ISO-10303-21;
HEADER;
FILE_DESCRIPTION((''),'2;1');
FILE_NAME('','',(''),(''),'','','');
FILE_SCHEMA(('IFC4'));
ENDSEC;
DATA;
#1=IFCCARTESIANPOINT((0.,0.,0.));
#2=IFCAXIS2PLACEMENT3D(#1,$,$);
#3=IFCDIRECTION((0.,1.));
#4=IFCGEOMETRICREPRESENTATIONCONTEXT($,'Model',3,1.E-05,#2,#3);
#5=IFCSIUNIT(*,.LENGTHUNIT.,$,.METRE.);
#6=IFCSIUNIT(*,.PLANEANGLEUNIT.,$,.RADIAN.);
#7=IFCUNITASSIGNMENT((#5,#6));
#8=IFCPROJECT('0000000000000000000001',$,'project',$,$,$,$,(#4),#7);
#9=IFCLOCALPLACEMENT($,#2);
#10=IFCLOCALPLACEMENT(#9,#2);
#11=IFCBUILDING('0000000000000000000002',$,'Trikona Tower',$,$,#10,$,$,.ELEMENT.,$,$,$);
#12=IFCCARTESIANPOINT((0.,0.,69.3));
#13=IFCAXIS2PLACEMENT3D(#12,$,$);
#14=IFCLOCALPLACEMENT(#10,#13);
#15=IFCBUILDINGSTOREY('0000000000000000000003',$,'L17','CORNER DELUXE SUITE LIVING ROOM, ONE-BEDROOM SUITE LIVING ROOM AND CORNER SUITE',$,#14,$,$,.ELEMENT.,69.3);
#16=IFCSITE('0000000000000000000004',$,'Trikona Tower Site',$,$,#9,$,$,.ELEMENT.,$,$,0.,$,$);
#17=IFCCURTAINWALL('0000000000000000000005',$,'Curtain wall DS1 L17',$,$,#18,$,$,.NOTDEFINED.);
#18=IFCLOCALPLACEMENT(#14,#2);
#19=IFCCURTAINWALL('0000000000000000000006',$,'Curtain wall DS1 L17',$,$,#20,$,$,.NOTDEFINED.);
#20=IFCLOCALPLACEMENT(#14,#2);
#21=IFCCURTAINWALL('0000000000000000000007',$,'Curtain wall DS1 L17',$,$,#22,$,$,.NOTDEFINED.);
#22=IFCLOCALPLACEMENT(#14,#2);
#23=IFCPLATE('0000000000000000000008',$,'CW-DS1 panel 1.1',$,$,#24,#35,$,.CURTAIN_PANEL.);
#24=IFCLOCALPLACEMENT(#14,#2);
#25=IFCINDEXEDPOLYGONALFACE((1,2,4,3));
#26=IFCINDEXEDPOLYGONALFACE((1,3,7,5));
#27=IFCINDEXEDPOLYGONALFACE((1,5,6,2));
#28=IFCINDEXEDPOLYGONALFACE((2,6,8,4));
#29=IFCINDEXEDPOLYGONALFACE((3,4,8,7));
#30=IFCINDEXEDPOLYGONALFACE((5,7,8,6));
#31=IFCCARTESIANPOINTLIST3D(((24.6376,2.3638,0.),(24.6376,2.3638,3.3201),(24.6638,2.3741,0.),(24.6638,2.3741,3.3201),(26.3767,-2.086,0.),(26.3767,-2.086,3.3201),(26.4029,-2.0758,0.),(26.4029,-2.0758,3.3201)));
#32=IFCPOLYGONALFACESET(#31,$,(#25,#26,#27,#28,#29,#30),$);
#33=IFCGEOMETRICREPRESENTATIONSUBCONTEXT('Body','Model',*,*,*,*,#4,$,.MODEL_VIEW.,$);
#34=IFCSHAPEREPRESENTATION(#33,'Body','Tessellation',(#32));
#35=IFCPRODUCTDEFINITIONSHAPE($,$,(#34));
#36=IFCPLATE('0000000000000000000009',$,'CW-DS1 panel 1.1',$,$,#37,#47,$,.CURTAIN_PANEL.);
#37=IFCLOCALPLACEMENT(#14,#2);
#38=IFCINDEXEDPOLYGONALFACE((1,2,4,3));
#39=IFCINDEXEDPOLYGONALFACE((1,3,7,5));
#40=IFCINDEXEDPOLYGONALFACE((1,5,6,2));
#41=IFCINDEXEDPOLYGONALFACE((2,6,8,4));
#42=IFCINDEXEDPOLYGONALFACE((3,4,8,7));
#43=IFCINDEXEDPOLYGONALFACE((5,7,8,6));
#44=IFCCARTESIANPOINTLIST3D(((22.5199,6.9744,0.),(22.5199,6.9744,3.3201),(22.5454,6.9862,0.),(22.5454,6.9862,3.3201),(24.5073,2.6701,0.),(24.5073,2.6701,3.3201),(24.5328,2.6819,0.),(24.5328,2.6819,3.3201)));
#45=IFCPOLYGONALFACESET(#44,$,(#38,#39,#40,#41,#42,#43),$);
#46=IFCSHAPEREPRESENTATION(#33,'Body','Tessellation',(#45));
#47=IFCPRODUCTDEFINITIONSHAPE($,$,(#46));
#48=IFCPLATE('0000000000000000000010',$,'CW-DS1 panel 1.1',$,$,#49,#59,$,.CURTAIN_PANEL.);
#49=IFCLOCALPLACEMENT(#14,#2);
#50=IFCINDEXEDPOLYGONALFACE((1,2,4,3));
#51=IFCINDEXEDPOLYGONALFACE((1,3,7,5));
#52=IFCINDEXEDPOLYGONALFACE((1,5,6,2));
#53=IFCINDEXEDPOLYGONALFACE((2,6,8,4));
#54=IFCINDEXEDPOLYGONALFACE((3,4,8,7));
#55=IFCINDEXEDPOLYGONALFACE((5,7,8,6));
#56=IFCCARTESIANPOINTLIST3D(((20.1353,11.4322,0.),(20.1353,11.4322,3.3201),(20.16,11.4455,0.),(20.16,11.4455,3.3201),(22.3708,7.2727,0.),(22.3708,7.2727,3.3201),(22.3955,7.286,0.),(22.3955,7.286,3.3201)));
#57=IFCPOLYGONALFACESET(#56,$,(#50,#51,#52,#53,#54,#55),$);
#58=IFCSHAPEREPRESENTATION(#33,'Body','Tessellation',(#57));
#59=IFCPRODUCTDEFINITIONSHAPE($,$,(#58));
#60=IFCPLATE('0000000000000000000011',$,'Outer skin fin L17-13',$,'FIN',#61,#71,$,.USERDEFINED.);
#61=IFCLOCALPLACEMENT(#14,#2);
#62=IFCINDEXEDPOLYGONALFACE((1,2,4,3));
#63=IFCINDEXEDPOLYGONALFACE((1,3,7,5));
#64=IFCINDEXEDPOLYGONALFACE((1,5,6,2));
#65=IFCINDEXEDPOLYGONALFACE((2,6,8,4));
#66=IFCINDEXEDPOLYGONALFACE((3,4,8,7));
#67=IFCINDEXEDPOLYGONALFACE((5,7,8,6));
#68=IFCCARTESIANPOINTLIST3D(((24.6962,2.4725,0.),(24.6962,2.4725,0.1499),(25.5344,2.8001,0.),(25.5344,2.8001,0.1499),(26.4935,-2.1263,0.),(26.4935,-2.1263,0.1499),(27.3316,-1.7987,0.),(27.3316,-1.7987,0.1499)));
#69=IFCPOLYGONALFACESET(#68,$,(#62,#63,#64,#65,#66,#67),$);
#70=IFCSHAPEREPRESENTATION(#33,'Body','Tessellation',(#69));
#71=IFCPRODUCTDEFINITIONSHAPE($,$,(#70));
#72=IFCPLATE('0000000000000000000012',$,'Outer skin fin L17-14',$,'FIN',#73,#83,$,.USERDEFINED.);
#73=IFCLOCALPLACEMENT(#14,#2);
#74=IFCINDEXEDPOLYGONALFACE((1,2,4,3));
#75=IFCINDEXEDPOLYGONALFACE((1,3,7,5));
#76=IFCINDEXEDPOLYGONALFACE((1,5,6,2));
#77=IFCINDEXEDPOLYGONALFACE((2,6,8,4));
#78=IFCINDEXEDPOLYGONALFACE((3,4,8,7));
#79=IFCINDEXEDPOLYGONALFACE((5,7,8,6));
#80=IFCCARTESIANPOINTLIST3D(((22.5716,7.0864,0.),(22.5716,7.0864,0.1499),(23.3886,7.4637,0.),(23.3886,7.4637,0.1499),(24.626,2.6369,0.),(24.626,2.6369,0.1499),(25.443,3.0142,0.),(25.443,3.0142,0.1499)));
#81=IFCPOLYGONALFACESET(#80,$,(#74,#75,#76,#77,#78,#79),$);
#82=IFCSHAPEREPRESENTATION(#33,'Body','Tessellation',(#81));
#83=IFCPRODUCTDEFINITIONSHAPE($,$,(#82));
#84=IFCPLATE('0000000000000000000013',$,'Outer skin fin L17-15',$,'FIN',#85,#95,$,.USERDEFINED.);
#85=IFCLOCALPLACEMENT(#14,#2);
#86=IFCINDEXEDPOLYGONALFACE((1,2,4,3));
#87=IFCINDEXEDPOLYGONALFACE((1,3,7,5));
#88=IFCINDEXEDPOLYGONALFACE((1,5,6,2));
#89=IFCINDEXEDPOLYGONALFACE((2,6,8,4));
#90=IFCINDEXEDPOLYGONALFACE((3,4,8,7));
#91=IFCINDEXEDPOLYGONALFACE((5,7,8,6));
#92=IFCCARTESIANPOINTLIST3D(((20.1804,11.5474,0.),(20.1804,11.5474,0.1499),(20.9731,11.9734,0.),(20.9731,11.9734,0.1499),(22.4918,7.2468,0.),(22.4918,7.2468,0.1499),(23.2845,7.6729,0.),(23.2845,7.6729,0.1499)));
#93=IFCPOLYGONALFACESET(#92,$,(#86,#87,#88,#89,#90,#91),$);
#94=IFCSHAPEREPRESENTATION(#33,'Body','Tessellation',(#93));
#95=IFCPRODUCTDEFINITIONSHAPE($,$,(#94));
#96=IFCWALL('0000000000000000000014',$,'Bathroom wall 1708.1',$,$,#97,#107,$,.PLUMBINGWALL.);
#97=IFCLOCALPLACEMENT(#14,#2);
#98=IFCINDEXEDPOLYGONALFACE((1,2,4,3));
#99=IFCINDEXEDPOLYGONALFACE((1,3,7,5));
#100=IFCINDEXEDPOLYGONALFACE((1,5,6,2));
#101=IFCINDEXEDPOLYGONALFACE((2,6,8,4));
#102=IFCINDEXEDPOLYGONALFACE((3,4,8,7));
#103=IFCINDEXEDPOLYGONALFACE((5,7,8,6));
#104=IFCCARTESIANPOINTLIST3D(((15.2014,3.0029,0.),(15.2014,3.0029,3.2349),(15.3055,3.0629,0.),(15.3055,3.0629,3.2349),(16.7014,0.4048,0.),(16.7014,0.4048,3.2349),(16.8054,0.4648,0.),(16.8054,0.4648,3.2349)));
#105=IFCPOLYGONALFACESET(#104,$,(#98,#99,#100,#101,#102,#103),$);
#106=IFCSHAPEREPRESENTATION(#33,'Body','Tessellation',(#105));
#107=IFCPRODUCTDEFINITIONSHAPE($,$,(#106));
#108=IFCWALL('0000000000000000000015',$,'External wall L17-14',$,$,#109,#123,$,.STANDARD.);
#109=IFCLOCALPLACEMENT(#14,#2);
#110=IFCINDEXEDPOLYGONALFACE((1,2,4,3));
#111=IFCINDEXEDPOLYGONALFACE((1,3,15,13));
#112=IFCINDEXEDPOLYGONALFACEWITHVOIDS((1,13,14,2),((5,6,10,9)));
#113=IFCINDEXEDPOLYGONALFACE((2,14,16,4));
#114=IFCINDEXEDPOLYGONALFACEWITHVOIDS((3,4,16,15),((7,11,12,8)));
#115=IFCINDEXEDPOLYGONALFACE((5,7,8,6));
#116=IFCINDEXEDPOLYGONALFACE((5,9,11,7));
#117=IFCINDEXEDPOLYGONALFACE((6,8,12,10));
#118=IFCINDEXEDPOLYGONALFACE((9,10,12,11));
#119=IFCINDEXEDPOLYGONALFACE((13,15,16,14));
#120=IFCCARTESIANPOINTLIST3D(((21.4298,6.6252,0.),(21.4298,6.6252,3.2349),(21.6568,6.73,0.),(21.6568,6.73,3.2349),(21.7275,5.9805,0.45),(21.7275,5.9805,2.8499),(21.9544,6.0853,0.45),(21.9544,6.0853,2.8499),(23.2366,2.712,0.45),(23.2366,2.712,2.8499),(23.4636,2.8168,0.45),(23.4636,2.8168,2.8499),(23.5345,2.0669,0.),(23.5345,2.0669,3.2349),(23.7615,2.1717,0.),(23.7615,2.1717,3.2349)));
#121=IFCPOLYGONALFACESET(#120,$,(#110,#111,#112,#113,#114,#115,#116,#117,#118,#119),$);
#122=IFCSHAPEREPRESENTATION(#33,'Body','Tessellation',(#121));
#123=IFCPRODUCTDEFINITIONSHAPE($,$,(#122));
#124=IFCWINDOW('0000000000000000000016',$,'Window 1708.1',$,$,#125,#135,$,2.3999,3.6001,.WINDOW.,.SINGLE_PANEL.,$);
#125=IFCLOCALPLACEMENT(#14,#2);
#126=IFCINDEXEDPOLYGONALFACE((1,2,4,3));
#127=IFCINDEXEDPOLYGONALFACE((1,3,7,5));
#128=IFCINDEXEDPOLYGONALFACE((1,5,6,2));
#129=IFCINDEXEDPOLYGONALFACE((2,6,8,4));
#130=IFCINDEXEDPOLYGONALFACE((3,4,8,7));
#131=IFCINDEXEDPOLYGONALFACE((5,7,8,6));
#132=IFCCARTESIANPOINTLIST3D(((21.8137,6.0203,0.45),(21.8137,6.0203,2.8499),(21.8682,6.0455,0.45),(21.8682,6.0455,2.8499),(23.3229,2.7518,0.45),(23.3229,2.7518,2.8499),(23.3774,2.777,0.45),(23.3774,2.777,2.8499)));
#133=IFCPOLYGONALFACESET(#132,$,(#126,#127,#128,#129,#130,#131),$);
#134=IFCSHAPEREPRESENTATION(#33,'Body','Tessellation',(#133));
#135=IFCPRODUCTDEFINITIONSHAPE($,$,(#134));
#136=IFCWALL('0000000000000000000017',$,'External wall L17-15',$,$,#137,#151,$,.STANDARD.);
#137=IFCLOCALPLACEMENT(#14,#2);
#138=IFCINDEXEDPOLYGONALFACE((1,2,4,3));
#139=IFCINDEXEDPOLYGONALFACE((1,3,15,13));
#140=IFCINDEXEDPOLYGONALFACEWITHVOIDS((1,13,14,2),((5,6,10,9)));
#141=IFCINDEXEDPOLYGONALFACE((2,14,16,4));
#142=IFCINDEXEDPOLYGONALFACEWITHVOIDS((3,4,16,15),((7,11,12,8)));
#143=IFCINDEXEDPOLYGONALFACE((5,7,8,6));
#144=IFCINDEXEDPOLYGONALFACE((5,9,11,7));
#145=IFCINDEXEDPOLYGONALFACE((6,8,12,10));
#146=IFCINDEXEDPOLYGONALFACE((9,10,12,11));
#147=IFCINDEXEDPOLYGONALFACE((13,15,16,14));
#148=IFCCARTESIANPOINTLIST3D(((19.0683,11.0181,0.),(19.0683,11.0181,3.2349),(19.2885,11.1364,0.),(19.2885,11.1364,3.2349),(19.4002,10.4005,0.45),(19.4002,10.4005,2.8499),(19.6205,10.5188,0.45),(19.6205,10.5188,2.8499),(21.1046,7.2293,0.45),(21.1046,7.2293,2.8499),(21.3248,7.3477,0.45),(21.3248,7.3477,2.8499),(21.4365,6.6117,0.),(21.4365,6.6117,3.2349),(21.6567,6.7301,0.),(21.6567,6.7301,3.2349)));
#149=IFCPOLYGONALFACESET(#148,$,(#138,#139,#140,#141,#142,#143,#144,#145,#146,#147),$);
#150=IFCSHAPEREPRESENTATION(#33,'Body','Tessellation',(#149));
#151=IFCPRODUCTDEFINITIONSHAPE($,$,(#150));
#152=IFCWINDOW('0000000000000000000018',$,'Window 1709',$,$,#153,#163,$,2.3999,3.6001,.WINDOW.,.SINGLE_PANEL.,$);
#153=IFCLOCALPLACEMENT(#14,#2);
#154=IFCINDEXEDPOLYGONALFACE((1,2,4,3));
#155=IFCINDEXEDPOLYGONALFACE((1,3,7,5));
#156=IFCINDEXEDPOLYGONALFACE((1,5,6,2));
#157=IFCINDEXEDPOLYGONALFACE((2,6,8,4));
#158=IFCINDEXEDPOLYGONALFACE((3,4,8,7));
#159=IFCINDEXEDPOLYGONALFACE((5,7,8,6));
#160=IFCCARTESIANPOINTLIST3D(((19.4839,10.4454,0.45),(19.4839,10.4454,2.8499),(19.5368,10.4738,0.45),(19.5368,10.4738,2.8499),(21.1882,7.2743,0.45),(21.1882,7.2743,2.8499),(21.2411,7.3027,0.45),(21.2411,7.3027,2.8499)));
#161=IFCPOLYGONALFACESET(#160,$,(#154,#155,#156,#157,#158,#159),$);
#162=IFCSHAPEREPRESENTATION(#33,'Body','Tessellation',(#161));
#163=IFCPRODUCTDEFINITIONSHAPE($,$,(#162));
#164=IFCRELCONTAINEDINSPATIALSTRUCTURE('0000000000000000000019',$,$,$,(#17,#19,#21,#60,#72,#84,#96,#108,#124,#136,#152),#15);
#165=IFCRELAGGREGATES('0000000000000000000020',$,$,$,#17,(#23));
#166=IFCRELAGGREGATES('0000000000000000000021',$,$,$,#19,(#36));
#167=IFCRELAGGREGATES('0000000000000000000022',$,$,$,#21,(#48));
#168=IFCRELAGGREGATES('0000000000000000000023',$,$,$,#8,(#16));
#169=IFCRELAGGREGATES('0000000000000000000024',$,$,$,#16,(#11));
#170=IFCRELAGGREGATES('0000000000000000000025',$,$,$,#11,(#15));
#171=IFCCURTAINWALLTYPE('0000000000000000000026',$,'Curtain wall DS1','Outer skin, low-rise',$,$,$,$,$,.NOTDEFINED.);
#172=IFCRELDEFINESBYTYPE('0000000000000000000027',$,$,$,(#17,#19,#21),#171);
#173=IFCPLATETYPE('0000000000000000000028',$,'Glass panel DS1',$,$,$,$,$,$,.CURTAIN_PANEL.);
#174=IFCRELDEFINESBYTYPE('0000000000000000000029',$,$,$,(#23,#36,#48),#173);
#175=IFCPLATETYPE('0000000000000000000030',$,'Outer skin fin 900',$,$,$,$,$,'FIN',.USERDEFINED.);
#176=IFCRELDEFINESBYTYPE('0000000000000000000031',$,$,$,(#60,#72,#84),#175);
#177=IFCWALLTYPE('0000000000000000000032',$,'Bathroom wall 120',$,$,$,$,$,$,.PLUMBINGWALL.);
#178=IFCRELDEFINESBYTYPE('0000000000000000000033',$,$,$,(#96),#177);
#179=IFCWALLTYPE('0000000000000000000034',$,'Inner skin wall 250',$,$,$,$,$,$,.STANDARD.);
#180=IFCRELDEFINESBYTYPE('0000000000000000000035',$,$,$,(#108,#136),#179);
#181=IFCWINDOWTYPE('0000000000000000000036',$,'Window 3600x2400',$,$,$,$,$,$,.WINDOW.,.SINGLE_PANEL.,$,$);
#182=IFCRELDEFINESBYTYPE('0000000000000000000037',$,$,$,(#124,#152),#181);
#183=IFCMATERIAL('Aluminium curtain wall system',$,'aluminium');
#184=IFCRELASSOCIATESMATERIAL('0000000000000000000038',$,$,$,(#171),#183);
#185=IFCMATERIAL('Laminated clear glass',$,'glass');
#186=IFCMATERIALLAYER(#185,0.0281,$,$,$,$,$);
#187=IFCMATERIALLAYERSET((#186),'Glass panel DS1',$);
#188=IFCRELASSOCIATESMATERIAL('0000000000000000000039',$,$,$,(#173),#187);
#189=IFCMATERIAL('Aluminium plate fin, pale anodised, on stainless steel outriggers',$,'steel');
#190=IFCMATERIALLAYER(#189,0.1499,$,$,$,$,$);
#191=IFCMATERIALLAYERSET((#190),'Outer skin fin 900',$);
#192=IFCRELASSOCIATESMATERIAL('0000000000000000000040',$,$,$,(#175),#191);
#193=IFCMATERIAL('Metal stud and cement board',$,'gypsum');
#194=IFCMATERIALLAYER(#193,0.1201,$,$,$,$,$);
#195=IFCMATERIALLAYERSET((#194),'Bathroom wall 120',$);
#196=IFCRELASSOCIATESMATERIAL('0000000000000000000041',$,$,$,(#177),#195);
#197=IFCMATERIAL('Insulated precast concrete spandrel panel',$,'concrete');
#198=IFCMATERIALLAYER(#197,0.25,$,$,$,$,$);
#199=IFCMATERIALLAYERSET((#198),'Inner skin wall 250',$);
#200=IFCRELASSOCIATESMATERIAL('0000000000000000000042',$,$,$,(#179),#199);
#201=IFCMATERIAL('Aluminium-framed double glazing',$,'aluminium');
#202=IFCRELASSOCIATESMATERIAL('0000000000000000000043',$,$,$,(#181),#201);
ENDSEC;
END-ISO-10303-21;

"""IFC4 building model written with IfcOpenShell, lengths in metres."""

from ifc_helpers import new_model, si_unit, direction, frame, frame_2d, origin, origin_2d, place, context, subcontext, project, spatial, rectangle, extrude, material, layer, layer_set, type_object, element, fill, aggregate, save


model = new_model("IFC4")

# Units and contexts
model_context = context("Model", 3, precision=1e-05, world=origin(), true_north=direction((0.0, 1.0)))
body_context = subcontext(model_context, "Body", "Model", "MODEL_VIEW")
ifc_project = project(units=[si_unit("LENGTHUNIT", "METRE"), si_unit("PLANEANGLEUNIT", "RADIAN")], contexts=[model_context])

# Site, building, storey
site_placement = place(None, origin())
site = spatial("IfcSite", under=ifc_project, at=site_placement, Name="Trikona Tower Site", CompositionType="ELEMENT", RefElevation=0.0)
building_placement = place(site_placement, origin())
building = spatial("IfcBuilding", under=site, at=building_placement, Name="Trikona Tower", CompositionType="ELEMENT")
storey_placement = place(building_placement, frame((0.0, 0.0, 69.3)))
storey = spatial("IfcBuildingStorey", under=building, at=storey_placement, Name="L17", Description="CORNER DELUXE SUITE LIVING ROOM, ONE-BEDROOM SUITE LIVING ROOM AND CORNER SUITE", CompositionType="ELEMENT", Elevation=69.3)

# Curtain wall
ifc_material_1 = material(Name="Aluminium curtain wall system", Category="aluminium")
curtain_wall_type = type_object("IfcCurtainWallType", Name="Curtain wall DS1", Description="Outer skin, low-rise", PredefinedType="NOTDEFINED", material=ifc_material_1)
curtain_wall_1_placement = place(storey_placement, origin())
curtain_wall_1 = element("IfcCurtainWall", 1, at=curtain_wall_1_placement, inside=storey, type_object=curtain_wall_type, Name="Curtain wall DS1 L17", PredefinedType="NOTDEFINED")

# Curtain walls
curtain_wall_2_placement = place(storey_placement, origin())
curtain_wall_2 = element("IfcCurtainWall", 2, at=curtain_wall_2_placement, inside=storey, type_object=curtain_wall_type, Name="Curtain wall DS1 L17", PredefinedType="NOTDEFINED")
curtain_wall_3_placement = place(storey_placement, origin())
curtain_wall_3 = element("IfcCurtainWall", 3, at=curtain_wall_3_placement, inside=storey, type_object=curtain_wall_type, Name="Curtain wall DS1 L17", PredefinedType="NOTDEFINED")

# Plates
ifc_material_2 = material(Name="Laminated clear glass", Category="glass")
ifc_layer_1 = layer(ifc_material_2, 0.0281)
ifc_layer_set_1 = layer_set([ifc_layer_1], Name="Glass panel DS1")
plate_type_1 = type_object("IfcPlateType", Name="Glass panel DS1", PredefinedType="CURTAIN_PANEL", material=ifc_layer_set_1)
plate_1_placement = place(storey_placement, frame((25.5203, 0.144, 0.0), z_axis=(0.0, 0.0, 1.0), x_axis=(-0.364008, 0.931396, 0.0)))
plate_1 = element("IfcPlate", 4, at=plate_1_placement, type_object=plate_type_1, Name="CW-DS1 panel 1.1", PredefinedType="CURTAIN_PANEL", context=body_context, shape_type="SweptSolid", body=[
    extrude(rectangle(XDim=4.7776, YDim=0.0281, at=origin_2d()), origin(), (0.0, 0.0, 1.0), 3.3201),
])
aggregate(curtain_wall_1, [plate_1])
plate_2_placement = place(storey_placement, frame((23.5264, 4.8281, 0.0), z_axis=(0.0, 0.0, 1.0), x_axis=(-0.41919, 0.907898, 0.0)))
plate_2 = element("IfcPlate", 5, at=plate_2_placement, type_object=plate_type_1, Name="CW-DS1 panel 1.1", PredefinedType="CURTAIN_PANEL", context=body_context, shape_type="SweptSolid", body=[
    extrude(rectangle(XDim=4.741, YDim=0.0281, at=origin_2d()), origin(), (0.0, 0.0, 1.0), 3.3201),
])
aggregate(curtain_wall_2, [plate_2])
plate_3_placement = place(storey_placement, frame((21.2654, 9.3591, 0.0), z_axis=(0.0, 0.0, 1.0), x_axis=(-0.473408, 0.880843, 0.0)))
plate_3 = element("IfcPlate", 6, at=plate_3_placement, type_object=plate_type_1, Name="CW-DS1 panel 1.1", PredefinedType="CURTAIN_PANEL", context=body_context, shape_type="SweptSolid", body=[
    extrude(rectangle(XDim=4.7222, YDim=0.0281, at=origin_2d()), origin(), (0.0, 0.0, 1.0), 3.3201),
])
aggregate(curtain_wall_3, [plate_3])

# Plates
ifc_material_3 = material(Name="Aluminium plate fin, pale anodised, on stainless steel outriggers", Category="steel")
ifc_layer_2 = layer(ifc_material_3, 0.1499)
ifc_layer_set_2 = layer_set([ifc_layer_2], Name="Outer skin fin 900")
plate_type_2 = type_object("IfcPlateType", Name="Outer skin fin 900", ElementType="FIN", PredefinedType="USERDEFINED", material=ifc_layer_set_2)
plate_4_placement = place(storey_placement, frame((26.0139, 0.3369, 0.0), z_axis=(0.0, 0.0, 1.0), x_axis=(-0.364009, 0.931395, 0.0)))
element("IfcPlate", 7, at=plate_4_placement, inside=storey, type_object=plate_type_2, Name="Outer skin fin L17-13", ObjectType="FIN", PredefinedType="USERDEFINED", context=body_context, shape_type="SweptSolid", body=[
    extrude(rectangle(XDim=4.9375, YDim=0.8999, at=origin_2d()), origin(), (0.0, 0.0, 1.0), 0.1499),
])
plate_5_placement = place(storey_placement, frame((24.0073, 5.0503, 0.0), z_axis=(0.0, 0.0, 1.0), x_axis=(-0.419194, 0.907897, 0.0)))
element("IfcPlate", 8, at=plate_5_placement, inside=storey, type_object=plate_type_2, Name="Outer skin fin L17-14", ObjectType="FIN", PredefinedType="USERDEFINED", context=body_context, shape_type="SweptSolid", body=[
    extrude(rectangle(XDim=4.9009, YDim=0.8999, at=origin_2d()), origin(), (0.0, 0.0, 1.0), 0.1499),
])
plate_6_placement = place(storey_placement, frame((21.7324, 9.6101, 0.0), z_axis=(0.0, 0.0, 1.0), x_axis=(-0.473423, 0.880835, 0.0)))
element("IfcPlate", 9, at=plate_6_placement, inside=storey, type_object=plate_type_2, Name="Outer skin fin L17-15", ObjectType="FIN", PredefinedType="USERDEFINED", context=body_context, shape_type="SweptSolid", body=[
    extrude(rectangle(XDim=4.8823, YDim=0.8999, at=origin_2d()), origin(), (0.0, 0.0, 1.0), 0.1499),
])

# Wall
ifc_material_4 = material(Name="Metal stud and cement board", Category="gypsum")
ifc_layer_3 = layer(ifc_material_4, 0.1201)
ifc_layer_set_3 = layer_set([ifc_layer_3], Name="Bathroom wall 120")
wall_type_1 = type_object("IfcWallType", Name="Bathroom wall 120", PredefinedType="PLUMBINGWALL", material=ifc_layer_set_3)
wall_1_placement = place(storey_placement, frame((16.7534, 0.4348, 0.0), z_axis=(0.0, 0.0, 1.0), x_axis=(-0.49999, 0.866031, 0.0)))
element("IfcWall", 10, at=wall_1_placement, inside=storey, type_object=wall_type_1, Name="Bathroom wall 1708.1", PredefinedType="PLUMBINGWALL", context=body_context, shape_type="SweptSolid", body=[
    extrude(rectangle(XDim=3.0, YDim=0.1201, at=frame_2d((1.5, 0.0))), origin(), (0.0, 0.0, 1.0), 3.2349),
])

# Walls, openings, windows
ifc_material_5 = material(Name="Insulated precast concrete spandrel panel", Category="concrete")
ifc_layer_4 = layer(ifc_material_5, 0.25)
ifc_layer_set_4 = layer_set([ifc_layer_4], Name="Inner skin wall 250")
wall_type_2 = type_object("IfcWallType", Name="Inner skin wall 250", PredefinedType="STANDARD", material=ifc_layer_set_4)
wall_2_placement = place(storey_placement, frame((23.6479, 2.1194, 0.0), z_axis=(0.0, 0.0, 1.0), x_axis=(-0.419203, 0.907892, 0.0)))
wall_2 = element("IfcWall", 11, at=wall_2_placement, inside=storey, type_object=wall_type_2, Name="External wall L17-14", PredefinedType="STANDARD", context=body_context, shape_type="SweptSolid", body=[
    extrude(rectangle(XDim=5.0208, YDim=0.25, at=frame_2d((2.5103, 0.0))), origin(), (0.0, 0.0, 1.0), 3.2349),
])
opening_1_placement = place(wall_2_placement, frame((0.7104, 0.0, 0.45)))
opening_1 = element("IfcOpeningElement", 12, at=opening_1_placement, cuts=wall_2, PredefinedType="OPENING", context=body_context, shape_type="SweptSolid", body=[
    extrude(rectangle(XDim=3.6001, YDim=2.3999, at=frame_2d((1.8, 1.2))), frame((0.0, 0.135, 0.0), z_axis=(0.0, -1.0, 0.0), x_axis=(1.0, 0.0, 0.0)), (0.0, 0.0, 1.0), 0.27),
])
ifc_material_6 = material(Name="Aluminium-framed double glazing", Category="aluminium")
window_type = type_object("IfcWindowType", Name="Window 3600x2400", PartitioningType="SINGLE_PANEL", PredefinedType="WINDOW", material=ifc_material_6)
window_1_placement = place(opening_1_placement, origin())
window_1 = element("IfcWindow", 13, at=window_1_placement, inside=storey, type_object=window_type, Name="Window 1708.1", OverallHeight=2.3999, OverallWidth=3.6001, PartitioningType="SINGLE_PANEL", PredefinedType="WINDOW", context=body_context, shape_type="SweptSolid", body=[
    extrude(rectangle(XDim=3.6001, YDim=2.3999, at=frame_2d((1.8, 1.2))), frame((0.0, 0.03, 0.0), z_axis=(0.0, -1.0, 0.0), x_axis=(1.0, 0.0, 0.0)), (0.0, 0.0, 1.0), 0.0601),
])
fill(opening_1, window_1)
wall_3_placement = place(storey_placement, frame((21.5466, 6.6709, 0.0), z_axis=(0.0, 0.0, 1.0), x_axis=(-0.473413, 0.880841, 0.0)))
wall_3 = element("IfcWall", 14, at=wall_3_placement, inside=storey, type_object=wall_type_2, Name="External wall L17-15", PredefinedType="STANDARD", context=body_context, shape_type="SweptSolid", body=[
    extrude(rectangle(XDim=5.0024, YDim=0.25, at=frame_2d((2.5012, 0.0))), origin(), (0.0, 0.0, 1.0), 3.2349),
])
opening_2_placement = place(wall_3_placement, frame((0.7012, 0.0, 0.45)))
opening_2 = element("IfcOpeningElement", 15, at=opening_2_placement, cuts=wall_3, PredefinedType="OPENING", context=body_context, shape_type="SweptSolid", body=[
    extrude(rectangle(XDim=3.6001, YDim=2.3999, at=frame_2d((1.8, 1.2))), frame((0.0, 0.135, 0.0), z_axis=(0.0, -1.0, 0.0), x_axis=(1.0, 0.0, 0.0)), (0.0, 0.0, 1.0), 0.27),
])
window_2_placement = place(opening_2_placement, origin())
window_2 = element("IfcWindow", 16, at=window_2_placement, inside=storey, type_object=window_type, Name="Window 1709", OverallHeight=2.3999, OverallWidth=3.6001, PartitioningType="SINGLE_PANEL", PredefinedType="WINDOW", context=body_context, shape_type="SweptSolid", body=[
    extrude(rectangle(XDim=3.6001, YDim=2.3999, at=frame_2d((1.8, 1.2))), frame((0.0, 0.03, 0.0), z_axis=(0.0, -1.0, 0.0), x_axis=(1.0, 0.0, 0.0)), (0.0, 0.0, 1.0), 0.0601),
])
fill(opening_2, window_2)

save(model, "model.ifc")
